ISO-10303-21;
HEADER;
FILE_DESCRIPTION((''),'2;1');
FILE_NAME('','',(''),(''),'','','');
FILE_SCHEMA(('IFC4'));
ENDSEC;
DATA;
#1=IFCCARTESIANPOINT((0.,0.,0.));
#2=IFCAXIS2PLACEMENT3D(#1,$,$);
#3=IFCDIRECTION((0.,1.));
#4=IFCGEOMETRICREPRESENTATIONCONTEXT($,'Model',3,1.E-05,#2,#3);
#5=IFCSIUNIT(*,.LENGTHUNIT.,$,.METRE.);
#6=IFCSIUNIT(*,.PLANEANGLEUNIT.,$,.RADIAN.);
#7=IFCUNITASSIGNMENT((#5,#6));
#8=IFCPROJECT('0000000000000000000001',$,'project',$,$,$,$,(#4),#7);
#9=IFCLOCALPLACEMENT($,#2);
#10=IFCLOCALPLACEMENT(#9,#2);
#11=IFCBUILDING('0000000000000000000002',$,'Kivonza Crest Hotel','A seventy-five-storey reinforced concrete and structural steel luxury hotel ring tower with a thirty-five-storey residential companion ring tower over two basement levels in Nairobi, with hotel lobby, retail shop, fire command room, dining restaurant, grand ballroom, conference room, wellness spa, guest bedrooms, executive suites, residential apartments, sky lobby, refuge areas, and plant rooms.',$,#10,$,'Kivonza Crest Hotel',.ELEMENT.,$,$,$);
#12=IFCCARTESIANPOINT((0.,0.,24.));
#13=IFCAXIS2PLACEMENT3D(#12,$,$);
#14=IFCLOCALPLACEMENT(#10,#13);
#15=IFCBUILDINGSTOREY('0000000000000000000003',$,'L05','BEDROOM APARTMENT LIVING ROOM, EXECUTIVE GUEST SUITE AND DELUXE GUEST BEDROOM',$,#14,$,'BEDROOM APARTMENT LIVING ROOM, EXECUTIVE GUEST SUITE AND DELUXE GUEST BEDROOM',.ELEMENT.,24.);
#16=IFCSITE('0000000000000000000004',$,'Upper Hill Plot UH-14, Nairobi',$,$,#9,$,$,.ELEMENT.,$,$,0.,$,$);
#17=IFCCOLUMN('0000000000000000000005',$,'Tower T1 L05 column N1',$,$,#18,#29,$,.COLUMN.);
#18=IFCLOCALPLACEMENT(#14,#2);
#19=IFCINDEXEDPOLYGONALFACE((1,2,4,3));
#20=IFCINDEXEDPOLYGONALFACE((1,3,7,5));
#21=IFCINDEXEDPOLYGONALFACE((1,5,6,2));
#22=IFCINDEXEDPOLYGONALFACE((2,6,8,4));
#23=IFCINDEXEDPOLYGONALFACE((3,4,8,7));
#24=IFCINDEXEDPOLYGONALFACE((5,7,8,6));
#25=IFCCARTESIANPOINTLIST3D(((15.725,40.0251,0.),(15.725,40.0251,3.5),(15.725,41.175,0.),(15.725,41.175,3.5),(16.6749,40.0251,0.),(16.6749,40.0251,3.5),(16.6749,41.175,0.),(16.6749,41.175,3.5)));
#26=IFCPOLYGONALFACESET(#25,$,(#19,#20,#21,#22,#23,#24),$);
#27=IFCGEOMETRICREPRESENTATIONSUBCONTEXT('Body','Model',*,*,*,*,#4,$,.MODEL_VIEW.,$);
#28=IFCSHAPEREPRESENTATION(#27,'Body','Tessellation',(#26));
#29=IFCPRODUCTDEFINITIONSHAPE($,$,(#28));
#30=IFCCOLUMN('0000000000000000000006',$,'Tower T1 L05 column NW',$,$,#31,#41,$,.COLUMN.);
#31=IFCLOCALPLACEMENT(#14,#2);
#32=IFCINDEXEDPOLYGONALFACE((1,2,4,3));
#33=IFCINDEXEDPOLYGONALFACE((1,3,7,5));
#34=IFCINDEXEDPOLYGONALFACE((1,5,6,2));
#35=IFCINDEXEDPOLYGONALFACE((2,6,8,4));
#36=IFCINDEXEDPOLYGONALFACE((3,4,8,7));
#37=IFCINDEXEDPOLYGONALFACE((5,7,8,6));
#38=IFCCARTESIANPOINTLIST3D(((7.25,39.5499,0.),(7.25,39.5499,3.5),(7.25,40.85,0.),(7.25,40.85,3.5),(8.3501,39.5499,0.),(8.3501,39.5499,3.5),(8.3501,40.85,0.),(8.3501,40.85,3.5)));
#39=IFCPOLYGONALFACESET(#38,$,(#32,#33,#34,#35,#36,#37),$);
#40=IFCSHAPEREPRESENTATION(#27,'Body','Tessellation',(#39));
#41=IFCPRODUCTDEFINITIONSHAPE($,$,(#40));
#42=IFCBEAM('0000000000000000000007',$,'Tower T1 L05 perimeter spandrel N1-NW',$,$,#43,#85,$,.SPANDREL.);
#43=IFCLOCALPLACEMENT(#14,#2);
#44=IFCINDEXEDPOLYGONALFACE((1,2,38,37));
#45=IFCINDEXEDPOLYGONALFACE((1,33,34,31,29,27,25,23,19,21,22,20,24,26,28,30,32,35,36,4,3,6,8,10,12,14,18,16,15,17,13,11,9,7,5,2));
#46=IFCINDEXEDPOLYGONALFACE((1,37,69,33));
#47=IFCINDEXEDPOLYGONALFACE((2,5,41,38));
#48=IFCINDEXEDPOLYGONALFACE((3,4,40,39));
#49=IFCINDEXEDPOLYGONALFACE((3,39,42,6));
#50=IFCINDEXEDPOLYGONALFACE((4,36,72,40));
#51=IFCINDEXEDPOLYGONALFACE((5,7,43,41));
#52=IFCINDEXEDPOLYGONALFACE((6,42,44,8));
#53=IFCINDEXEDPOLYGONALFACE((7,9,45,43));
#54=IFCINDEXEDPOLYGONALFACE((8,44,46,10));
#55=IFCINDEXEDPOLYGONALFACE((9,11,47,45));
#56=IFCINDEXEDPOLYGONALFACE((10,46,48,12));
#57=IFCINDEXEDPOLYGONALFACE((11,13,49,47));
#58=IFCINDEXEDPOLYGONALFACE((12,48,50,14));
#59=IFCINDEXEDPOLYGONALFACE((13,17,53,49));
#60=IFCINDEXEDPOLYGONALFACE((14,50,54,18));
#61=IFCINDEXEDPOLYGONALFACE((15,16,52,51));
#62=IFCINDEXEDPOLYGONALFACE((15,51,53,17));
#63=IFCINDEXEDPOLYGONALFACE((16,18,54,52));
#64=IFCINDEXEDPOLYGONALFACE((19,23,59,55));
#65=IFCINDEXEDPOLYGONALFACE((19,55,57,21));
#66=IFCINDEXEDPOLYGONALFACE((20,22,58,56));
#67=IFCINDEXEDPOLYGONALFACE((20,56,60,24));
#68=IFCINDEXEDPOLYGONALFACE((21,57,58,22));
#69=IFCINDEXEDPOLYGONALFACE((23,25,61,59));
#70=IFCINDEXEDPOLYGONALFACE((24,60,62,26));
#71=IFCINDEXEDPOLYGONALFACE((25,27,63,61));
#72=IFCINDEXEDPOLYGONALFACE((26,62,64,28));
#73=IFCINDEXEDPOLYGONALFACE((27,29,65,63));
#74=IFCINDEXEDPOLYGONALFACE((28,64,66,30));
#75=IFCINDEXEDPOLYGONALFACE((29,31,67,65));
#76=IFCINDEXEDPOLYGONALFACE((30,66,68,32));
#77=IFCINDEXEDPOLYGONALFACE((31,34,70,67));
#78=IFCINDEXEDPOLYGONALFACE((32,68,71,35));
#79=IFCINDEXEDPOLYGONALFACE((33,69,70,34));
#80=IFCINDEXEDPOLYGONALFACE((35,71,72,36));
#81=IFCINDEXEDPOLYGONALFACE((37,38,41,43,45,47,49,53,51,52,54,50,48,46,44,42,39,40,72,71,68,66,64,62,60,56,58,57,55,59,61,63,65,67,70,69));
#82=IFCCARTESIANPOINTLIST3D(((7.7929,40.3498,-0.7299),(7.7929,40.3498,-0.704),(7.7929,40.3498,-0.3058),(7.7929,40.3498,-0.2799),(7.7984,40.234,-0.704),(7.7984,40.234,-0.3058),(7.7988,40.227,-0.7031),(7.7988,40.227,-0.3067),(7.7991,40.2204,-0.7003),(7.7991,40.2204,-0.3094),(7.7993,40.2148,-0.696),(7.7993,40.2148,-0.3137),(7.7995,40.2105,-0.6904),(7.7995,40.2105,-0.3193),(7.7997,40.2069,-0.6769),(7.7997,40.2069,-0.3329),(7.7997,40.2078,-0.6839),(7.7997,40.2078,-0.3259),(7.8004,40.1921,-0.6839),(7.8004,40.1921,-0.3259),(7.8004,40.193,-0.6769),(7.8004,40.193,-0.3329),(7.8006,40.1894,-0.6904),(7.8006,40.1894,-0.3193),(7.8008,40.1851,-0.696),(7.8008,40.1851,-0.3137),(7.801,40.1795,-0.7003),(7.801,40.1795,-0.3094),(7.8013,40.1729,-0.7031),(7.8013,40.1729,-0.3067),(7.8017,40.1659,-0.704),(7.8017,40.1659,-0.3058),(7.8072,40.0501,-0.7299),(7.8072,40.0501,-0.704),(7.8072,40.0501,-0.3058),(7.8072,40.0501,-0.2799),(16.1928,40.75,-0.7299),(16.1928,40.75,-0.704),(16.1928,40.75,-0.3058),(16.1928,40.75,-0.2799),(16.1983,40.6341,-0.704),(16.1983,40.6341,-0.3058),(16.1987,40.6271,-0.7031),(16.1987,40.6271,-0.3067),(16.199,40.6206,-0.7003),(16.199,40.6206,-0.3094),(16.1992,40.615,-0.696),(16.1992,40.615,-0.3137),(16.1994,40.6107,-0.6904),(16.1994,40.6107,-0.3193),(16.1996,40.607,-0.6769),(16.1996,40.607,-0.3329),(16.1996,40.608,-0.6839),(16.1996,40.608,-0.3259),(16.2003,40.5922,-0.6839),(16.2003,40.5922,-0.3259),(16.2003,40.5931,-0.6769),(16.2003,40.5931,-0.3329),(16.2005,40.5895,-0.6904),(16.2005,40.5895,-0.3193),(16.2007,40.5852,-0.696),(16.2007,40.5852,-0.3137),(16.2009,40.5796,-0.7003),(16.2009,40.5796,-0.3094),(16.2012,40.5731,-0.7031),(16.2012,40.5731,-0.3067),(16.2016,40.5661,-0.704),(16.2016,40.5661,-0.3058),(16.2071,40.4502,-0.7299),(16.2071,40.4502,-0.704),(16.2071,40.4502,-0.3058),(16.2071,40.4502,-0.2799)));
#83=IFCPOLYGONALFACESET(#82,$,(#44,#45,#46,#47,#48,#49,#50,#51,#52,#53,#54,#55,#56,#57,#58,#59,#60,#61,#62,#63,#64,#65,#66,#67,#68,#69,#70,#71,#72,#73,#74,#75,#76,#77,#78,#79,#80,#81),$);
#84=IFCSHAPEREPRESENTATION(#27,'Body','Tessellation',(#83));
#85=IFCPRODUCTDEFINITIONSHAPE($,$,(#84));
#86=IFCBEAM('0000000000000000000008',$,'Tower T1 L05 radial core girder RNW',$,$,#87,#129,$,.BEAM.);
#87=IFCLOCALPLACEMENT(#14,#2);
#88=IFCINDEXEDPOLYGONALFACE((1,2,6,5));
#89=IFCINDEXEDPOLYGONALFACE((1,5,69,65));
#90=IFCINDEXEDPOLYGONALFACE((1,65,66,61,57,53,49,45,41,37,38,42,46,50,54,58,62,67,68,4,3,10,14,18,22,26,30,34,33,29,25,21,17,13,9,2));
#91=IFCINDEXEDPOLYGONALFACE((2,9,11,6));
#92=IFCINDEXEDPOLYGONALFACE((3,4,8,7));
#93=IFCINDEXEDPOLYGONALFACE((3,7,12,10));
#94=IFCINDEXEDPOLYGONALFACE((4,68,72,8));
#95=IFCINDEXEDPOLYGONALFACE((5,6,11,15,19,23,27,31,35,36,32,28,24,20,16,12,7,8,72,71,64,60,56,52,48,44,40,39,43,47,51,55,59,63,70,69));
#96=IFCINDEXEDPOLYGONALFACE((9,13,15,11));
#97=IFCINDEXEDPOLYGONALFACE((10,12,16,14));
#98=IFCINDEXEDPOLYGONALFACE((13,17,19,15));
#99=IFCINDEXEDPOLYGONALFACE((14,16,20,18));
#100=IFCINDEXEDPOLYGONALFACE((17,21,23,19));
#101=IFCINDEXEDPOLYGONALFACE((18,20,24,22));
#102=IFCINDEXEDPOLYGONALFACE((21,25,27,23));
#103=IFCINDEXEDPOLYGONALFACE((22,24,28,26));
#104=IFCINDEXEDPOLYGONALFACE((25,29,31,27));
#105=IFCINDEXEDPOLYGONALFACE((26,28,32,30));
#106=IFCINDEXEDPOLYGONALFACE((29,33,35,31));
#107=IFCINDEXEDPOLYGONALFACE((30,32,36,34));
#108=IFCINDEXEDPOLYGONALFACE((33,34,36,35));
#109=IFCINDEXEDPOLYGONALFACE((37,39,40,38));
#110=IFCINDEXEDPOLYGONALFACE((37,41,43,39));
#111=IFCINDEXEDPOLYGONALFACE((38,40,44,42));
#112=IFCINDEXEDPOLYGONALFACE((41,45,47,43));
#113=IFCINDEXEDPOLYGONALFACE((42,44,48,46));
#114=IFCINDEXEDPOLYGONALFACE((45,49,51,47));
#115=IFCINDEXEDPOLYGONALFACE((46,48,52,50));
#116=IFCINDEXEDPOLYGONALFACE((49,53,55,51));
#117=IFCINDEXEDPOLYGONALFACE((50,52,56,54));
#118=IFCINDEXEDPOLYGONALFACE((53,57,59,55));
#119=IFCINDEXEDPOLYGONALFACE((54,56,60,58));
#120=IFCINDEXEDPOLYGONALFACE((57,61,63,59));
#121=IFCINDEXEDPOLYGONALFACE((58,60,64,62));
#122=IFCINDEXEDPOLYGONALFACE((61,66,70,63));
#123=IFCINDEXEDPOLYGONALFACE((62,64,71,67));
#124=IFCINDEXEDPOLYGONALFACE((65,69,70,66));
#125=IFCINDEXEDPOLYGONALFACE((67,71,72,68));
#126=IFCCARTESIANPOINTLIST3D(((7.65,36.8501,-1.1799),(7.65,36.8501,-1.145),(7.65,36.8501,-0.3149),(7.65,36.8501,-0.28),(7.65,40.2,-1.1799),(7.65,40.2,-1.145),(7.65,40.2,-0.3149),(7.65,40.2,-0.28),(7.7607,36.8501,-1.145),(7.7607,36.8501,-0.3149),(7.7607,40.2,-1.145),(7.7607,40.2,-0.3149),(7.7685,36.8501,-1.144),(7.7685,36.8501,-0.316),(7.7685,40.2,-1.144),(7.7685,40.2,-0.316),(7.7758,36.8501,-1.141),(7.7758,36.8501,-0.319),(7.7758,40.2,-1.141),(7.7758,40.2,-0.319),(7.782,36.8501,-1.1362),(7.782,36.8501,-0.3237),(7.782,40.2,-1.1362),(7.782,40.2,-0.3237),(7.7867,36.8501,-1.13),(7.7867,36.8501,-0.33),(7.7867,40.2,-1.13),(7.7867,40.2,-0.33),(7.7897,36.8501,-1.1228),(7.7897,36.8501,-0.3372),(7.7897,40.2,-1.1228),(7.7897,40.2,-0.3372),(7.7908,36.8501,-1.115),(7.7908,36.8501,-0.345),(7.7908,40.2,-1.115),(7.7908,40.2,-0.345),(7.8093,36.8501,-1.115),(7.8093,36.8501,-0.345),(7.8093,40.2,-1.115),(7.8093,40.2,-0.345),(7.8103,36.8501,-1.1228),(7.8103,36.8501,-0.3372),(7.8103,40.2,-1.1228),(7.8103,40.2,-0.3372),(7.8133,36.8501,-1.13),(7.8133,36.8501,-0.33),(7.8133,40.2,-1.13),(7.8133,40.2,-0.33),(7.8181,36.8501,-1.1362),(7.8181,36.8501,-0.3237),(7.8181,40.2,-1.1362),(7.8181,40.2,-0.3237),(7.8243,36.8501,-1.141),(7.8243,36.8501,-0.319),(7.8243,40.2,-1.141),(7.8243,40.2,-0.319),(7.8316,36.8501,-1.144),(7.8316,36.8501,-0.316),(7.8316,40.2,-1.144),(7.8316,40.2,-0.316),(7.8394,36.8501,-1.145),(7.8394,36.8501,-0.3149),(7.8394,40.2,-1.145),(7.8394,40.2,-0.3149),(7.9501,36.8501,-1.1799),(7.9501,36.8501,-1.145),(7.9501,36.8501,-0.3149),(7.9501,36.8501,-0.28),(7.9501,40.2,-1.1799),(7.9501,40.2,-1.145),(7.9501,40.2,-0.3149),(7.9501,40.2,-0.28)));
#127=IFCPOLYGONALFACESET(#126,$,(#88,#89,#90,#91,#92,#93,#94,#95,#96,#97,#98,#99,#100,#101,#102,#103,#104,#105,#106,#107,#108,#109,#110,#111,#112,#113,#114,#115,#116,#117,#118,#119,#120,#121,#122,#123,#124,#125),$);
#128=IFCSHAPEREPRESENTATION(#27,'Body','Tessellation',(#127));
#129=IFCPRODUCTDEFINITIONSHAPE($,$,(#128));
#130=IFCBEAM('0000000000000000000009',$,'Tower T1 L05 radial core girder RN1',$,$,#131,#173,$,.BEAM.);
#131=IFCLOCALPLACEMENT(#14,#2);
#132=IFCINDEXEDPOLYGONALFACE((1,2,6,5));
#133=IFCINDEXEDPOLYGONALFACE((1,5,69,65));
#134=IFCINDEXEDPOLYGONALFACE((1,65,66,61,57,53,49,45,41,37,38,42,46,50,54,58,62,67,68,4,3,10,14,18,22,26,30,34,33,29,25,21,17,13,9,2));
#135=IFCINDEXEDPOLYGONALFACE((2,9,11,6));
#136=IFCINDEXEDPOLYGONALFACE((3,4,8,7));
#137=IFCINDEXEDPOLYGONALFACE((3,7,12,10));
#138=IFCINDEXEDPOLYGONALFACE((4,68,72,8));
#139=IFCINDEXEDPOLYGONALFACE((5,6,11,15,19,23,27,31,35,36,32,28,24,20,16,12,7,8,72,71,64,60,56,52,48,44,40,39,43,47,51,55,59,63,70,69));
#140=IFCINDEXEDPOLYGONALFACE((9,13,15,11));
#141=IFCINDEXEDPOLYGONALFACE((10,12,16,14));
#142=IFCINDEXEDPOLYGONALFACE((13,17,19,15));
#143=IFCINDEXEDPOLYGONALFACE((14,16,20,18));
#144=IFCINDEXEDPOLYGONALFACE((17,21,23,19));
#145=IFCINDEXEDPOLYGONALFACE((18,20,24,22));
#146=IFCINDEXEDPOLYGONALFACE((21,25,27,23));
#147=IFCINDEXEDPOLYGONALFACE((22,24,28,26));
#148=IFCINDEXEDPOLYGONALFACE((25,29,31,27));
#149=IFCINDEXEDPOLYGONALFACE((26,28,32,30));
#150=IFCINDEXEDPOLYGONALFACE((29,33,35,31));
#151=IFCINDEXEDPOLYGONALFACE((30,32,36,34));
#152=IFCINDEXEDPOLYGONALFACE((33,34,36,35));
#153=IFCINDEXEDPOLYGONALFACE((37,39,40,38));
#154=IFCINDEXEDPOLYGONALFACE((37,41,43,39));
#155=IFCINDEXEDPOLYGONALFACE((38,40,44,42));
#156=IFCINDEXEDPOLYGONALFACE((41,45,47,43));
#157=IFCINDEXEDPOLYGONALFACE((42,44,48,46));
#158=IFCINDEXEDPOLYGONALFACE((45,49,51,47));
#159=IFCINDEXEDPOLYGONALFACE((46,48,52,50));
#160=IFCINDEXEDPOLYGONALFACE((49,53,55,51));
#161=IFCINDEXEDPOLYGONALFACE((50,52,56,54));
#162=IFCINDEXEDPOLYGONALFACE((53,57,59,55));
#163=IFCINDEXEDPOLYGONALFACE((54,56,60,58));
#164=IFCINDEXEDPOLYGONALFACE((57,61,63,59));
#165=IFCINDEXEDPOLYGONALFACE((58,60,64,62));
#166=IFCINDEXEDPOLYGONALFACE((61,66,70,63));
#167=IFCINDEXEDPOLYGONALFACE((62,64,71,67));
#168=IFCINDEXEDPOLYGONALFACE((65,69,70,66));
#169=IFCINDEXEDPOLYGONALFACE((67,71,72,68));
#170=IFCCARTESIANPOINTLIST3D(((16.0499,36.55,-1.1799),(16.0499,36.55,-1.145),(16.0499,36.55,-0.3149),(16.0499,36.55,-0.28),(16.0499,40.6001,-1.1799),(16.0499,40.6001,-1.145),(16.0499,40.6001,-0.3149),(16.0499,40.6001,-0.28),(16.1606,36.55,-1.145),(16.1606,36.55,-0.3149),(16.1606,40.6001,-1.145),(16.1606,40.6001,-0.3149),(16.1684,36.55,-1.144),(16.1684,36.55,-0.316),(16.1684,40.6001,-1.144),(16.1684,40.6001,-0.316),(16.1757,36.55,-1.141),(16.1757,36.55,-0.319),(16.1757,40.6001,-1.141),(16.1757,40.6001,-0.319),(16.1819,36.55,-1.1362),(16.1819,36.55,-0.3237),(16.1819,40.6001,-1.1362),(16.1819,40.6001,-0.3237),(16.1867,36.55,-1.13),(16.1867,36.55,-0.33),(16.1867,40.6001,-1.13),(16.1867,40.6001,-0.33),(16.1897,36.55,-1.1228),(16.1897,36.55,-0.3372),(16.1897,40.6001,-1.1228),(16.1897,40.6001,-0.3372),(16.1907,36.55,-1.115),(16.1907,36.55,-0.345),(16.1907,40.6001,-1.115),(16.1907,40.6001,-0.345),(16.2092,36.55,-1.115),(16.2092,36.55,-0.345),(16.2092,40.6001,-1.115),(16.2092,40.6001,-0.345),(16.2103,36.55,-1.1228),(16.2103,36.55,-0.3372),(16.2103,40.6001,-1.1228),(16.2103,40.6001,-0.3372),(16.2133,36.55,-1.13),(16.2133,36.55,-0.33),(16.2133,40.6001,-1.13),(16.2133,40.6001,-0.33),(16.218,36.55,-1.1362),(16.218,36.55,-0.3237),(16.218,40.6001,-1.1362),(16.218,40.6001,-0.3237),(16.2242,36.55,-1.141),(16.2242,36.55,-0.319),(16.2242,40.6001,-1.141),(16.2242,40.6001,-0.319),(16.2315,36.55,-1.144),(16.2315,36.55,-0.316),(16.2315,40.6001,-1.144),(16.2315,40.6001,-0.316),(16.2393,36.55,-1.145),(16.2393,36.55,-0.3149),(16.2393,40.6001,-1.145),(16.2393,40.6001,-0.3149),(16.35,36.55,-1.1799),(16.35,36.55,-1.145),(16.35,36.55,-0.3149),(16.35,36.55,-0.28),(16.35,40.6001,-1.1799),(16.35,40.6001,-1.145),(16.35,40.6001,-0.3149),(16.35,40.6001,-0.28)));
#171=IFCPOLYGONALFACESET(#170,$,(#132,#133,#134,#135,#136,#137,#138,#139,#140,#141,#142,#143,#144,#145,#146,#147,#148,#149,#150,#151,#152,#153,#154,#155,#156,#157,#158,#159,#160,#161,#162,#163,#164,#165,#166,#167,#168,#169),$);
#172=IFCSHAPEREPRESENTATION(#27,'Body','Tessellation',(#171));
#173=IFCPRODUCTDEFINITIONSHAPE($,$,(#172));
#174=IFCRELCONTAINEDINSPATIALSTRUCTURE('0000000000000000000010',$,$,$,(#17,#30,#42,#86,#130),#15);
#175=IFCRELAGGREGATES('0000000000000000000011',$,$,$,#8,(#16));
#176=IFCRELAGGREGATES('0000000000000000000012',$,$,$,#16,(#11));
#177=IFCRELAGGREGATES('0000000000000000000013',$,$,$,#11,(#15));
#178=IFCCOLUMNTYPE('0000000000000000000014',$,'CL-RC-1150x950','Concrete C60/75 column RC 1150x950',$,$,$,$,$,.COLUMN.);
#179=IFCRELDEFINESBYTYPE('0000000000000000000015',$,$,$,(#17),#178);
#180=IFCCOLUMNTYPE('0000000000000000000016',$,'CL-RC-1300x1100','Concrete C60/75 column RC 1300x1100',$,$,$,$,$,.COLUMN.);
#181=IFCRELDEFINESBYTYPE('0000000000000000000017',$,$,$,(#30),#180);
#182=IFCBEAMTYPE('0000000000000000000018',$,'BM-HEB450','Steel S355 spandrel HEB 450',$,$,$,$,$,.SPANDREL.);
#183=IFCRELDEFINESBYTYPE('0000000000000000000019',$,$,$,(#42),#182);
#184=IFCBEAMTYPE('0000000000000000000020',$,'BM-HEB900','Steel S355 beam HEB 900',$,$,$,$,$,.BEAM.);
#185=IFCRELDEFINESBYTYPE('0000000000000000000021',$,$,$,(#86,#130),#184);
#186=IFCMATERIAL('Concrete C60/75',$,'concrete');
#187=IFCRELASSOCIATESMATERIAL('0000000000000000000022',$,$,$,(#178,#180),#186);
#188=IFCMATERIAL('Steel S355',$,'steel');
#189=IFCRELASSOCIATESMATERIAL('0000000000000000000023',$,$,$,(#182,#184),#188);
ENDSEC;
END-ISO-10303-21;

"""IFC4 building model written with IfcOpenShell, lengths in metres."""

from ifc_helpers import new_model, si_unit, direction, frame, origin, origin_2d, place, context, subcontext, project, spatial, rectangle, i_section, extrude, material, material_profile, profile_set, type_object, element, save


model = new_model("IFC4")

# Units and contexts
model_context = context("Model", 3, precision=1e-05, world=origin(), true_north=direction((0.0, 1.0)))
body_context = subcontext(model_context, "Body", "Model", "MODEL_VIEW")
ifc_project = project(units=[si_unit("LENGTHUNIT", "METRE"), si_unit("PLANEANGLEUNIT", "RADIAN")], contexts=[model_context])

# Site, building, storey
site_placement = place(None, origin())
site = spatial("IfcSite", under=ifc_project, at=site_placement, Name="Upper Hill Plot UH-14, Nairobi", CompositionType="ELEMENT", RefElevation=0.0)
building_placement = place(site_placement, origin())
building = spatial("IfcBuilding", under=site, at=building_placement, Name="Kivonza Crest Hotel", Description="A seventy-five-storey reinforced concrete and structural steel luxury hotel ring tower with a thirty-five-storey residential companion ring tower over two basement levels in Nairobi, with hotel lobby, retail shop, fire command room, dining restaurant, grand ballroom, conference room, wellness spa, guest bedrooms, executive suites, residential apartments, sky lobby, refuge areas, and plant rooms.", LongName="Kivonza Crest Hotel", CompositionType="ELEMENT")
storey_placement = place(building_placement, frame((0.0, 0.0, 24.0)))
storey = spatial("IfcBuildingStorey", under=building, at=storey_placement, Name="L05", Description="BEDROOM APARTMENT LIVING ROOM, EXECUTIVE GUEST SUITE AND DELUXE GUEST BEDROOM", LongName="BEDROOM APARTMENT LIVING ROOM, EXECUTIVE GUEST SUITE AND DELUXE GUEST BEDROOM", CompositionType="ELEMENT", Elevation=24.0)

# Columns
ifc_material_1 = material(Name="Concrete C60/75", Category="concrete")
ifc_material_profile_1 = material_profile(ifc_material_1, rectangle(XDim=0.95, YDim=1.1499, at=origin_2d()), Name="RC 1150x950")
ifc_profile_set_1 = profile_set([ifc_material_profile_1], Name="Concrete C60/75")
column_type_1 = type_object("IfcColumnType", Name="CL-RC-1150x950", Description="Concrete C60/75 column RC 1150x950", PredefinedType="COLUMN", material=ifc_profile_set_1)
column_1_placement = place(storey_placement, frame((16.2, 40.6001, 0.0), z_axis=(0.0, 0.0, 1.0), x_axis=(1.0, 0.0, 0.0)))
element("IfcColumn", 1, at=column_1_placement, inside=storey, type_object=column_type_1, Name="Tower T1 L05 column N1", PredefinedType="COLUMN", context=body_context, shape_type="SweptSolid", body=[
    extrude(rectangle(XDim=0.95, YDim=1.1499, at=origin_2d()), origin(), (0.0, 0.0, 1.0), 3.5),
])
ifc_material_profile_2 = material_profile(ifc_material_1, rectangle(XDim=1.1001, YDim=1.3, at=origin_2d()), Name="RC 1300x1100")
ifc_profile_set_2 = profile_set([ifc_material_profile_2], Name="Concrete C60/75")
column_type_2 = type_object("IfcColumnType", Name="CL-RC-1300x1100", Description="Concrete C60/75 column RC 1300x1100", PredefinedType="COLUMN", material=ifc_profile_set_2)
column_2_placement = place(storey_placement, frame((7.8, 40.2, 0.0), z_axis=(0.0, 0.0, 1.0), x_axis=(1.0, 0.0, 0.0)))
element("IfcColumn", 2, at=column_2_placement, inside=storey, type_object=column_type_2, Name="Tower T1 L05 column NW", PredefinedType="COLUMN", context=body_context, shape_type="SweptSolid", body=[
    extrude(rectangle(XDim=1.1001, YDim=1.3, at=origin_2d()), origin(), (0.0, 0.0, 1.0), 3.5),
])

# Beams
ifc_material_2 = material(Name="Steel S355", Category="steel")
ifc_material_profile_3 = material_profile(ifc_material_2, i_section(OverallWidth=0.3, OverallDepth=0.45, WebThickness=0.0139, FlangeThickness=0.0259, FilletRadius=0.0271, at=origin_2d()), Name="HEB 450")
ifc_profile_set_3 = profile_set([ifc_material_profile_3], Name="Steel S355")
beam_type_1 = type_object("IfcBeamType", Name="BM-HEB450", Description="Steel S355 spandrel HEB 450", PredefinedType="SPANDREL", material=ifc_profile_set_3)
beam_1_placement = place(storey_placement, frame((16.2, 40.6001, -0.5049), z_axis=(-0.998867, -0.047583, 0.0), x_axis=(0.047583, -0.998867, 0.0)))
element("IfcBeam", 3, at=beam_1_placement, inside=storey, type_object=beam_type_1, Name="Tower T1 L05 perimeter spandrel N1-NW", PredefinedType="SPANDREL", context=body_context, shape_type="SweptSolid", body=[
    extrude(i_section(OverallWidth=0.3, OverallDepth=0.45, WebThickness=0.0139, FlangeThickness=0.0259, FilletRadius=0.0271, at=origin_2d()), origin(), (0.0, 0.0, 1.0), 8.4094),
])
ifc_material_profile_4 = material_profile(ifc_material_2, i_section(OverallWidth=0.3, OverallDepth=0.8999, WebThickness=0.0186, FlangeThickness=0.0349, FilletRadius=0.03, at=origin_2d()), Name="HEB 900")
ifc_profile_set_4 = profile_set([ifc_material_profile_4], Name="Steel S355")
beam_type_2 = type_object("IfcBeamType", Name="BM-HEB900", Description="Steel S355 beam HEB 900", PredefinedType="BEAM", material=ifc_profile_set_4)
beam_2_placement = place(storey_placement, frame((7.8, 40.2, -0.73), z_axis=(0.0, -1.0, 0.0), x_axis=(1.0, 0.0, 0.0)))
element("IfcBeam", 4, at=beam_2_placement, inside=storey, type_object=beam_type_2, Name="Tower T1 L05 radial core girder RNW", PredefinedType="BEAM", context=body_context, shape_type="SweptSolid", body=[
    extrude(i_section(OverallWidth=0.3, OverallDepth=0.8999, WebThickness=0.0186, FlangeThickness=0.0349, FilletRadius=0.03, at=origin_2d()), origin(), (0.0, 0.0, 1.0), 3.3499),
])
beam_3_placement = place(storey_placement, frame((16.2, 40.6001, -0.73), z_axis=(0.0, -1.0, 0.0), x_axis=(1.0, 0.0, 0.0)))
element("IfcBeam", 5, at=beam_3_placement, inside=storey, type_object=beam_type_2, Name="Tower T1 L05 radial core girder RN1", PredefinedType="BEAM", context=body_context, shape_type="SweptSolid", body=[
    extrude(i_section(OverallWidth=0.3, OverallDepth=0.8999, WebThickness=0.0186, FlangeThickness=0.0349, FilletRadius=0.03, at=origin_2d()), origin(), (0.0, 0.0, 1.0), 4.05),
])

save(model, "model.ifc")
